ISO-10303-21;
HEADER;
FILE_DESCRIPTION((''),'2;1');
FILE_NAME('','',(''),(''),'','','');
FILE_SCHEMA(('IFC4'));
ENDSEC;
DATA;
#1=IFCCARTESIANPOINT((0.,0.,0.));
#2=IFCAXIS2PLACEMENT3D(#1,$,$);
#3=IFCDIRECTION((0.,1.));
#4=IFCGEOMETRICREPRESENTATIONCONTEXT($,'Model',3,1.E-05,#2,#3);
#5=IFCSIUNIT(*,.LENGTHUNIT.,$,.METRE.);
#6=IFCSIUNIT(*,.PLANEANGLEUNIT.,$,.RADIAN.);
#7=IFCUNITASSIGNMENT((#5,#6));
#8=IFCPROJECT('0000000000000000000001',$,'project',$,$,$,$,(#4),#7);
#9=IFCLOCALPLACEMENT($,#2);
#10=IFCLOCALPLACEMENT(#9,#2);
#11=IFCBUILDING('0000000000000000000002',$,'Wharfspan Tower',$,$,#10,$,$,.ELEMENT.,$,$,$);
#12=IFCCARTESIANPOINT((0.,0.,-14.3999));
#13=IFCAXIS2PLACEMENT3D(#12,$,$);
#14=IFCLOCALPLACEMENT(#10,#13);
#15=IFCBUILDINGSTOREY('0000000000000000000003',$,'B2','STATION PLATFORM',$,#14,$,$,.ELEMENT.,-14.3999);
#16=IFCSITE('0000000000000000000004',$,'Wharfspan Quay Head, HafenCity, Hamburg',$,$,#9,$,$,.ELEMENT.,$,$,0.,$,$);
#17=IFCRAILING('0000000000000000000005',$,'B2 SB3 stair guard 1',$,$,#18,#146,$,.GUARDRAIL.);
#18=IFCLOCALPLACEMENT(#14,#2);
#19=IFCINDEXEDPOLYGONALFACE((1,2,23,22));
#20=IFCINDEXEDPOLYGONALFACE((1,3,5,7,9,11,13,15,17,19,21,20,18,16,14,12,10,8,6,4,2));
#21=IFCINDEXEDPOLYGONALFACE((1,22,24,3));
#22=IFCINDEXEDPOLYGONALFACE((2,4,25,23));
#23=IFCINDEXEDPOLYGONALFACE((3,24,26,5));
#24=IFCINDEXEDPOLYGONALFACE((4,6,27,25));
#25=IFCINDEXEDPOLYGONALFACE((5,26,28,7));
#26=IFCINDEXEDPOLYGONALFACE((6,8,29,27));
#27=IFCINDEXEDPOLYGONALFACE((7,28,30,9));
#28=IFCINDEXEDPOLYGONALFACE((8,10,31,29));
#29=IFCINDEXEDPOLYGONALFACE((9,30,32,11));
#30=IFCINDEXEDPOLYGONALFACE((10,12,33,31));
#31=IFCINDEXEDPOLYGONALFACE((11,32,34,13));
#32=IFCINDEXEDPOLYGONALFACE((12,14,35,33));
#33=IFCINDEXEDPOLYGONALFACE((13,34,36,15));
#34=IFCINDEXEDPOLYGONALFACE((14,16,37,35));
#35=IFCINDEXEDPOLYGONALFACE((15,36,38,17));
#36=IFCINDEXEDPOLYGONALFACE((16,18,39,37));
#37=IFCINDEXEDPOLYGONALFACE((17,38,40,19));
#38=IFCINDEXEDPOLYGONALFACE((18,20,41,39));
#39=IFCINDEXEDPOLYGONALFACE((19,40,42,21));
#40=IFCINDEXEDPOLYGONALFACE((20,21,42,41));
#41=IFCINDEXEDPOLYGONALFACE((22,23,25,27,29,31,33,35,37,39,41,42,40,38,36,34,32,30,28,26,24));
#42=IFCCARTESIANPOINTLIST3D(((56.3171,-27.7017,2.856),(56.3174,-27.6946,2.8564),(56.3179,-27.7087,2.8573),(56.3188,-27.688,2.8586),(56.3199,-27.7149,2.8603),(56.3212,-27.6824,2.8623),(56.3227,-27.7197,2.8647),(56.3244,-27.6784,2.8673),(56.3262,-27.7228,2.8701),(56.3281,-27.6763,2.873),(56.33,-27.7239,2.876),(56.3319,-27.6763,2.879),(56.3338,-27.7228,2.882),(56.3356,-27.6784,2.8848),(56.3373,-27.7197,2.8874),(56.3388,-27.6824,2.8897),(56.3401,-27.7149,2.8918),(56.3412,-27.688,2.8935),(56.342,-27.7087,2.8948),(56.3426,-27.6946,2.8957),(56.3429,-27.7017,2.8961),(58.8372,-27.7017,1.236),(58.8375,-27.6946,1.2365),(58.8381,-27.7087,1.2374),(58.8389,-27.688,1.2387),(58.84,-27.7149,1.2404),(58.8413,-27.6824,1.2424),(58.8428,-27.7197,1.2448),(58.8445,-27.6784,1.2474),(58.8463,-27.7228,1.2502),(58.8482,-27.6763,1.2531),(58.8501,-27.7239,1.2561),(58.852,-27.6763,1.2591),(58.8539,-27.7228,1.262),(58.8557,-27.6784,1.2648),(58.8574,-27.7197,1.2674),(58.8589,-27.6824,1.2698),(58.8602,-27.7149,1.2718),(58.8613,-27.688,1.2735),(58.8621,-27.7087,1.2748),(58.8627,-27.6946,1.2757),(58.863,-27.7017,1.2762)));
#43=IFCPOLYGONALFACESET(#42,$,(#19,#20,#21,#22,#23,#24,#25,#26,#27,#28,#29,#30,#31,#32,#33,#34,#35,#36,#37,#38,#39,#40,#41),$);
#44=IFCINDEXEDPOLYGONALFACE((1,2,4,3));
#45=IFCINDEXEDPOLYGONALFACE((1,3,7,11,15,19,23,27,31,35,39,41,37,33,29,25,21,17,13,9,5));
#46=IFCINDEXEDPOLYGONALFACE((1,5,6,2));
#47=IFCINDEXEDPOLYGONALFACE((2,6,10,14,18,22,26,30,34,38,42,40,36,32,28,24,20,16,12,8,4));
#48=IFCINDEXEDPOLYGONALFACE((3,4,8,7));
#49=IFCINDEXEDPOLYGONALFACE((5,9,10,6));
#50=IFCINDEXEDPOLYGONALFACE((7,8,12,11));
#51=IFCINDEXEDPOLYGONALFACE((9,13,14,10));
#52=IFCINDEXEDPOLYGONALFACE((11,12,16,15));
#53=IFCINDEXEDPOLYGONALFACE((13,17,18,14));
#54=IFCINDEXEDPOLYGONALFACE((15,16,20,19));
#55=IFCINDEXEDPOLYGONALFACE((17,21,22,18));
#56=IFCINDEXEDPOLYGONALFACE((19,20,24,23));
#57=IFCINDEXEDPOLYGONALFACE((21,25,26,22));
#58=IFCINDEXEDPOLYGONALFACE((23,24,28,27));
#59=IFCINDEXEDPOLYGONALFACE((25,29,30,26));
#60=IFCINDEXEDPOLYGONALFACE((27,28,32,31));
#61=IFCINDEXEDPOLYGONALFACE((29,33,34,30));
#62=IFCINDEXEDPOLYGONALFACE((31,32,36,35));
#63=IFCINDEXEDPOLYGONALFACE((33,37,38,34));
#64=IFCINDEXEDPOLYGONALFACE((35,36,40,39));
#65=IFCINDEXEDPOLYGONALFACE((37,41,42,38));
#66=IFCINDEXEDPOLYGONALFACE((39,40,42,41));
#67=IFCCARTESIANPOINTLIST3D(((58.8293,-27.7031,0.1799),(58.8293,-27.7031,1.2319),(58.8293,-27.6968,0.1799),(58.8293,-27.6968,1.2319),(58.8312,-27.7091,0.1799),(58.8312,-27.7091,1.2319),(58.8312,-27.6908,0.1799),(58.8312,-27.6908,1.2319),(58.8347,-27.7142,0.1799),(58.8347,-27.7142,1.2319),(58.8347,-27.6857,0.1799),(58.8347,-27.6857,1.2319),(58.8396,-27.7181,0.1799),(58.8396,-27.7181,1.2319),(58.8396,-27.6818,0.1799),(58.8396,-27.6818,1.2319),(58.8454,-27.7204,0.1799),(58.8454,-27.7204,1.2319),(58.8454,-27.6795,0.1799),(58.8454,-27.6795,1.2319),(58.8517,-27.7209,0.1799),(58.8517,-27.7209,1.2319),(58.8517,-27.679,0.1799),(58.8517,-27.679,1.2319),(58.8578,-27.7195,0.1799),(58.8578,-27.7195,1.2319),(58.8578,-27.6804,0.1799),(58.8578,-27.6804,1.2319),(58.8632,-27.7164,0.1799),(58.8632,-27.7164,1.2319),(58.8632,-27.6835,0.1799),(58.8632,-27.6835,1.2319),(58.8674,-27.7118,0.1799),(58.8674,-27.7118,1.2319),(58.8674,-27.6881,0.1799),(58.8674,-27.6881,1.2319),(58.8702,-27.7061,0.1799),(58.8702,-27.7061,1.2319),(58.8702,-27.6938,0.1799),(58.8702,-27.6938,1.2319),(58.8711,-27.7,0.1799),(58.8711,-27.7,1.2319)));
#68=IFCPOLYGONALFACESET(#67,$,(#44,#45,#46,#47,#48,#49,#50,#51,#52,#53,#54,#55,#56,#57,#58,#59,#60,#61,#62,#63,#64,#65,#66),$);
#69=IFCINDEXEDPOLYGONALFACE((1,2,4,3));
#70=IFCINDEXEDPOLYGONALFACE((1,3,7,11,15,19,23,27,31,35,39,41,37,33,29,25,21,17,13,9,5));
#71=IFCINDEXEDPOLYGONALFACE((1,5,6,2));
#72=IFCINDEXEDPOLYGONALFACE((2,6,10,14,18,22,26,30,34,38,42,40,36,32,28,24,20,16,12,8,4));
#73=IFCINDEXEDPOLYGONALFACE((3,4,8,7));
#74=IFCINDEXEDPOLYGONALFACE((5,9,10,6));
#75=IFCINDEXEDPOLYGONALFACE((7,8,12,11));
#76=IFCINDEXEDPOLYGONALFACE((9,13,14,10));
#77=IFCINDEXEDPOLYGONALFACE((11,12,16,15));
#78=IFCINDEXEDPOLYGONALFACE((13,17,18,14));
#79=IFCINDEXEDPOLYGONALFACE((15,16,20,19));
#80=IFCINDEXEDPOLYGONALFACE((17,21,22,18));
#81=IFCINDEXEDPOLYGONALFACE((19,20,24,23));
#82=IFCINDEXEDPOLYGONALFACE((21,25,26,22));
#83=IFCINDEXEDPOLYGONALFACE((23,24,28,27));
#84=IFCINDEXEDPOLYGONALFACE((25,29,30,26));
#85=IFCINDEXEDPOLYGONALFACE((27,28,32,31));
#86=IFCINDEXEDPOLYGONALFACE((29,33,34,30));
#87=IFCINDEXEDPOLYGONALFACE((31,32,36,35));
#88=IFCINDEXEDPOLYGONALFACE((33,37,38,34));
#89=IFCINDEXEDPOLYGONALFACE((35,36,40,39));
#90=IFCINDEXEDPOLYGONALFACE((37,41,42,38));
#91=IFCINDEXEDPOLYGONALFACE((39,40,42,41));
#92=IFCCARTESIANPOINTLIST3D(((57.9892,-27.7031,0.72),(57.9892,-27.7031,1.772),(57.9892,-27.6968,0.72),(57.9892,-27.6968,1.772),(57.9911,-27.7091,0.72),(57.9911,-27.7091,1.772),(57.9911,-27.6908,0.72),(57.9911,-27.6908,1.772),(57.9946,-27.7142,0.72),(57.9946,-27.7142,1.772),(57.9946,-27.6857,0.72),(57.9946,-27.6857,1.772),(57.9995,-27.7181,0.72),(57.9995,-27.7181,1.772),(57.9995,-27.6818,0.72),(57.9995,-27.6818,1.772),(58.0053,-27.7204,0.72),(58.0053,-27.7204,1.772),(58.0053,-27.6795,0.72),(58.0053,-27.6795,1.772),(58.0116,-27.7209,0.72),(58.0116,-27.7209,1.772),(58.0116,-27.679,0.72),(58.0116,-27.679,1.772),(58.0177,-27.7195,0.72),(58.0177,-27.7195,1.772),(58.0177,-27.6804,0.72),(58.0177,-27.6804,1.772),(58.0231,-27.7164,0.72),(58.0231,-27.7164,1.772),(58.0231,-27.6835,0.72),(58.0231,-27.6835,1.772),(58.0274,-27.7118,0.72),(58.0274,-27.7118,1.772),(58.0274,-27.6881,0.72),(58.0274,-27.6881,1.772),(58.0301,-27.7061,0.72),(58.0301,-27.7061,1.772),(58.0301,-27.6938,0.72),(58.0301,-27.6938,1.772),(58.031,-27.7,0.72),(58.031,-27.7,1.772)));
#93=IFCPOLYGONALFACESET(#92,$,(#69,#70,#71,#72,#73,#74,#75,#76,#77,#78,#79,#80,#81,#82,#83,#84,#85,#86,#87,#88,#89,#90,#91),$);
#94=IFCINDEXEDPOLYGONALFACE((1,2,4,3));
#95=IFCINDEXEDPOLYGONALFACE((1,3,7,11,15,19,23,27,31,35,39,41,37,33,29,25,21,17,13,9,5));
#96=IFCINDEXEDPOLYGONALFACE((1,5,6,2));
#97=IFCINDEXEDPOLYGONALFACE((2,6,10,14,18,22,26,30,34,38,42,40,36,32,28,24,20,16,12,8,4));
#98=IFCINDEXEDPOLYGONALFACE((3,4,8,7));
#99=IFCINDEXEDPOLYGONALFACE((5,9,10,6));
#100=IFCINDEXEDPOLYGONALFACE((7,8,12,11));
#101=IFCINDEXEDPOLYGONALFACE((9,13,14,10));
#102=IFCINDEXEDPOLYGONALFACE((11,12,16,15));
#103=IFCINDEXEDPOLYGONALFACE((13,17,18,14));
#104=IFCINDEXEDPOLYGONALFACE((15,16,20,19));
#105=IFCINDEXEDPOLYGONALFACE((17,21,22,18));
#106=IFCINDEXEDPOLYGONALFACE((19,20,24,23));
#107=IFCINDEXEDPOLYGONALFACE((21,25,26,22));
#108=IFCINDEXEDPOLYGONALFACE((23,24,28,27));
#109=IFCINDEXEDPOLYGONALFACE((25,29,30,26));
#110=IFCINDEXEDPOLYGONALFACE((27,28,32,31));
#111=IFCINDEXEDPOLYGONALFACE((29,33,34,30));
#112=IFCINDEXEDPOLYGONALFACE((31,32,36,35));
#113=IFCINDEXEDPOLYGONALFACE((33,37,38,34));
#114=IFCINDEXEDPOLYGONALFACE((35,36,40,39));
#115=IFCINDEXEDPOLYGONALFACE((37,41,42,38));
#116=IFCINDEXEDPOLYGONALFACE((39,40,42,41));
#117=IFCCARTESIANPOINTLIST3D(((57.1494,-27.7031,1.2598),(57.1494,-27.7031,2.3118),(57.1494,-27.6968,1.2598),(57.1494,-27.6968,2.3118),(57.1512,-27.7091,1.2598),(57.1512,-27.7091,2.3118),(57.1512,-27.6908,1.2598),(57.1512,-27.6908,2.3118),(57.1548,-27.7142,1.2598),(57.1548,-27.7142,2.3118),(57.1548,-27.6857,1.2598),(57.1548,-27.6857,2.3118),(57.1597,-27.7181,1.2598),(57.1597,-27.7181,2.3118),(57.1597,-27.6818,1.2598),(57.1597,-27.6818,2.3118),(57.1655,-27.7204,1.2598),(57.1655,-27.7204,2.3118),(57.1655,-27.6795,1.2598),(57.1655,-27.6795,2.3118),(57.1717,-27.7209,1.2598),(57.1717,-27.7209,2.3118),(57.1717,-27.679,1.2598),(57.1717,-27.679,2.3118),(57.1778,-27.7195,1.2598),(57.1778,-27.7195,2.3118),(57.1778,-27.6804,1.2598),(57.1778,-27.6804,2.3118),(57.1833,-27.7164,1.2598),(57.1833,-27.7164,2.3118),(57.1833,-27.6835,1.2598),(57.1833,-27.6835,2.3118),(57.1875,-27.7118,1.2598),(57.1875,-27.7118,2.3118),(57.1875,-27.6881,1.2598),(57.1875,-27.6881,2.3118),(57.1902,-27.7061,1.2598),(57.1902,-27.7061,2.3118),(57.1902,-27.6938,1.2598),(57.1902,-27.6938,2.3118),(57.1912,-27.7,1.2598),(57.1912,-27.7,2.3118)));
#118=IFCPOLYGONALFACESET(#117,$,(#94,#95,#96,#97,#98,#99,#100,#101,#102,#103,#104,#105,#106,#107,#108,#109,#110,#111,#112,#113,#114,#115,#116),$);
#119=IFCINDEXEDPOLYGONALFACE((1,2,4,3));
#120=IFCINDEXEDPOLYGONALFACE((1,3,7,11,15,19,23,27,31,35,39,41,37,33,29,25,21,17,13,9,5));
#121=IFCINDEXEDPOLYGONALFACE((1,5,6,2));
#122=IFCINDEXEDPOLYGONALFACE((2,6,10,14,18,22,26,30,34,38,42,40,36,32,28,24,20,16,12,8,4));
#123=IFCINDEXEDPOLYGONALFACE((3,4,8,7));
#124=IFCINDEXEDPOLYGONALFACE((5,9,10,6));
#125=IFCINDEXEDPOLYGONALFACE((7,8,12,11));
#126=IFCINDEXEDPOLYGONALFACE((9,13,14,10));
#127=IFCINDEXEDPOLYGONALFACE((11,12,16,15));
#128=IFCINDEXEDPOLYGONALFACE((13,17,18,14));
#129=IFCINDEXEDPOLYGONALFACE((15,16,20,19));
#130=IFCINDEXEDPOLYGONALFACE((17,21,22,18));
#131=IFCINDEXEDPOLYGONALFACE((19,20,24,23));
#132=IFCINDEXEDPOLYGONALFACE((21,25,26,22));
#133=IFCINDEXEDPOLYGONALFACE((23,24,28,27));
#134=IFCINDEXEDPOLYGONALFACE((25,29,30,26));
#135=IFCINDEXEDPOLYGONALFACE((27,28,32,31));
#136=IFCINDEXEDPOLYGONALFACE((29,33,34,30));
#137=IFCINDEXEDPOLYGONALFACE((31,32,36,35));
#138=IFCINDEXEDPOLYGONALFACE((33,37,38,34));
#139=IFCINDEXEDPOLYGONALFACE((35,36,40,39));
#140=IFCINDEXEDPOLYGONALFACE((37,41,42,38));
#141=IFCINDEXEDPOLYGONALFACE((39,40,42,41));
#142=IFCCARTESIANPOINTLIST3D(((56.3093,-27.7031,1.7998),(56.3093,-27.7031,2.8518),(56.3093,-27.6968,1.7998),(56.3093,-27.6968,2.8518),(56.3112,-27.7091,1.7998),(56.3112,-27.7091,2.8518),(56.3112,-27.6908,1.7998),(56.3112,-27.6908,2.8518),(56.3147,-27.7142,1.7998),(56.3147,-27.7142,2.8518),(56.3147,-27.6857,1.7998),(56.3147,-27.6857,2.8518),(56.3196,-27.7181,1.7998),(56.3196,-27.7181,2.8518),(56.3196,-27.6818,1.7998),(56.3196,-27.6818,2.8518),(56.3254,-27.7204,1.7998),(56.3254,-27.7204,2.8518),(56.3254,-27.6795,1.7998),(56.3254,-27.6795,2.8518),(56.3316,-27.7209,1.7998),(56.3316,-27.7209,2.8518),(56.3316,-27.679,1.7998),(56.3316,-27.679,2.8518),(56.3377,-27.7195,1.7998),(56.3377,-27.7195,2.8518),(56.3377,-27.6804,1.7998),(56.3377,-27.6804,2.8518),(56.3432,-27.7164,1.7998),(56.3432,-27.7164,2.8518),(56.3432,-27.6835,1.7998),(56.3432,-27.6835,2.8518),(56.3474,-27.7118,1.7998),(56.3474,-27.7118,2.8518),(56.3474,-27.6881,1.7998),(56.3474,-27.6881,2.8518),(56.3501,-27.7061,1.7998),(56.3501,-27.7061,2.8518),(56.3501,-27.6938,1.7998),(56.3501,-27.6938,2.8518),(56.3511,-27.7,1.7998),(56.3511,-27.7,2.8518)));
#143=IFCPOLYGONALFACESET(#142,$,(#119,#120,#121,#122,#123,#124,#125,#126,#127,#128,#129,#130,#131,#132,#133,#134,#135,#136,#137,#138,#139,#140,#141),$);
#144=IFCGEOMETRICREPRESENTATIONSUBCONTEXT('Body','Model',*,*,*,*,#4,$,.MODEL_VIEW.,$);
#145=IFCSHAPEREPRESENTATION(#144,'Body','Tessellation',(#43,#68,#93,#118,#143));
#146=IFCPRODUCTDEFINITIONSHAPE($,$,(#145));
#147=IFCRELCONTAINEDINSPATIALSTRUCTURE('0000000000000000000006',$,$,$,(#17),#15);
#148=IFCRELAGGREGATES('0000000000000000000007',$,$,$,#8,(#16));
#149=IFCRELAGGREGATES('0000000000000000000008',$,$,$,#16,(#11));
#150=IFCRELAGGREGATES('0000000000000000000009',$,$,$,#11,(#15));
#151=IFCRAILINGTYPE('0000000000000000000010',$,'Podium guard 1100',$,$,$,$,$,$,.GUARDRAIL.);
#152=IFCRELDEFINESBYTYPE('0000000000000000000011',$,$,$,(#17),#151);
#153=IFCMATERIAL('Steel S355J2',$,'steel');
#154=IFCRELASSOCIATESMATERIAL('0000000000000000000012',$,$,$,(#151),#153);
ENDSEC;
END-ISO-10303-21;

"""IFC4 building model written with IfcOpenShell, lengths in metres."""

from ifc_helpers import new_model, si_unit, direction, frame, origin, origin_2d, place, context, subcontext, project, spatial, circle, extrude, material, type_object, element, save


model = new_model("IFC4")

# Units and contexts
model_context = context("Model", 3, precision=1e-05, world=origin(), true_north=direction((0.0, 1.0)))
body_context = subcontext(model_context, "Body", "Model", "MODEL_VIEW")
ifc_project = project(units=[si_unit("LENGTHUNIT", "METRE"), si_unit("PLANEANGLEUNIT", "RADIAN")], contexts=[model_context])

# Site, building, storey
site_placement = place(None, origin())
site = spatial("IfcSite", under=ifc_project, at=site_placement, Name="Wharfspan Quay Head, HafenCity, Hamburg", CompositionType="ELEMENT", RefElevation=0.0)
building_placement = place(site_placement, origin())
building = spatial("IfcBuilding", under=site, at=building_placement, Name="Wharfspan Tower", CompositionType="ELEMENT")
storey_placement = place(building_placement, frame((0.0, 0.0, -14.3999)))
storey = spatial("IfcBuildingStorey", under=building, at=storey_placement, Name="B2", Description="STATION PLATFORM", CompositionType="ELEMENT", Elevation=-14.3999)

# Railing
ifc_material_1 = material(Name="Steel S355J2", Category="steel")
railing_type_1 = type_object("IfcRailingType", Name="Podium guard 1100", PredefinedType="GUARDRAIL", material=ifc_material_1)
railing_1_placement = place(storey_placement, frame((58.8501, -27.7, 0.1799)))
element("IfcRailing", 1, at=railing_1_placement, inside=storey, type_object=railing_type_1, Name="B2 SB3 stair guard 1", PredefinedType="GUARDRAIL", context=body_context, shape_type="SweptSolid", body=[
    extrude(circle(Radius=0.0239, at=origin_2d()), frame((0.0, 0.0, 1.0762), z_axis=(-0.8412, 0.0, 0.540725), x_axis=(0.0, -1.0, 0.0)), (0.0, 0.0, 1.0), 2.9958),
    extrude(circle(Radius=0.021, at=origin_2d()), origin(), (0.0, 0.0, 1.0), 1.052),
    extrude(circle(Radius=0.021, at=origin_2d()), frame((-0.8401, 0.0, 0.54)), (0.0, 0.0, 1.0), 1.052),
    extrude(circle(Radius=0.021, at=origin_2d()), frame((-1.6799, 0.0, 1.0798)), (0.0, 0.0, 1.0), 1.052),
    extrude(circle(Radius=0.021, at=origin_2d()), frame((-2.52, 0.0, 1.6199)), (0.0, 0.0, 1.0), 1.052),
])

save(model, "model.ifc")
